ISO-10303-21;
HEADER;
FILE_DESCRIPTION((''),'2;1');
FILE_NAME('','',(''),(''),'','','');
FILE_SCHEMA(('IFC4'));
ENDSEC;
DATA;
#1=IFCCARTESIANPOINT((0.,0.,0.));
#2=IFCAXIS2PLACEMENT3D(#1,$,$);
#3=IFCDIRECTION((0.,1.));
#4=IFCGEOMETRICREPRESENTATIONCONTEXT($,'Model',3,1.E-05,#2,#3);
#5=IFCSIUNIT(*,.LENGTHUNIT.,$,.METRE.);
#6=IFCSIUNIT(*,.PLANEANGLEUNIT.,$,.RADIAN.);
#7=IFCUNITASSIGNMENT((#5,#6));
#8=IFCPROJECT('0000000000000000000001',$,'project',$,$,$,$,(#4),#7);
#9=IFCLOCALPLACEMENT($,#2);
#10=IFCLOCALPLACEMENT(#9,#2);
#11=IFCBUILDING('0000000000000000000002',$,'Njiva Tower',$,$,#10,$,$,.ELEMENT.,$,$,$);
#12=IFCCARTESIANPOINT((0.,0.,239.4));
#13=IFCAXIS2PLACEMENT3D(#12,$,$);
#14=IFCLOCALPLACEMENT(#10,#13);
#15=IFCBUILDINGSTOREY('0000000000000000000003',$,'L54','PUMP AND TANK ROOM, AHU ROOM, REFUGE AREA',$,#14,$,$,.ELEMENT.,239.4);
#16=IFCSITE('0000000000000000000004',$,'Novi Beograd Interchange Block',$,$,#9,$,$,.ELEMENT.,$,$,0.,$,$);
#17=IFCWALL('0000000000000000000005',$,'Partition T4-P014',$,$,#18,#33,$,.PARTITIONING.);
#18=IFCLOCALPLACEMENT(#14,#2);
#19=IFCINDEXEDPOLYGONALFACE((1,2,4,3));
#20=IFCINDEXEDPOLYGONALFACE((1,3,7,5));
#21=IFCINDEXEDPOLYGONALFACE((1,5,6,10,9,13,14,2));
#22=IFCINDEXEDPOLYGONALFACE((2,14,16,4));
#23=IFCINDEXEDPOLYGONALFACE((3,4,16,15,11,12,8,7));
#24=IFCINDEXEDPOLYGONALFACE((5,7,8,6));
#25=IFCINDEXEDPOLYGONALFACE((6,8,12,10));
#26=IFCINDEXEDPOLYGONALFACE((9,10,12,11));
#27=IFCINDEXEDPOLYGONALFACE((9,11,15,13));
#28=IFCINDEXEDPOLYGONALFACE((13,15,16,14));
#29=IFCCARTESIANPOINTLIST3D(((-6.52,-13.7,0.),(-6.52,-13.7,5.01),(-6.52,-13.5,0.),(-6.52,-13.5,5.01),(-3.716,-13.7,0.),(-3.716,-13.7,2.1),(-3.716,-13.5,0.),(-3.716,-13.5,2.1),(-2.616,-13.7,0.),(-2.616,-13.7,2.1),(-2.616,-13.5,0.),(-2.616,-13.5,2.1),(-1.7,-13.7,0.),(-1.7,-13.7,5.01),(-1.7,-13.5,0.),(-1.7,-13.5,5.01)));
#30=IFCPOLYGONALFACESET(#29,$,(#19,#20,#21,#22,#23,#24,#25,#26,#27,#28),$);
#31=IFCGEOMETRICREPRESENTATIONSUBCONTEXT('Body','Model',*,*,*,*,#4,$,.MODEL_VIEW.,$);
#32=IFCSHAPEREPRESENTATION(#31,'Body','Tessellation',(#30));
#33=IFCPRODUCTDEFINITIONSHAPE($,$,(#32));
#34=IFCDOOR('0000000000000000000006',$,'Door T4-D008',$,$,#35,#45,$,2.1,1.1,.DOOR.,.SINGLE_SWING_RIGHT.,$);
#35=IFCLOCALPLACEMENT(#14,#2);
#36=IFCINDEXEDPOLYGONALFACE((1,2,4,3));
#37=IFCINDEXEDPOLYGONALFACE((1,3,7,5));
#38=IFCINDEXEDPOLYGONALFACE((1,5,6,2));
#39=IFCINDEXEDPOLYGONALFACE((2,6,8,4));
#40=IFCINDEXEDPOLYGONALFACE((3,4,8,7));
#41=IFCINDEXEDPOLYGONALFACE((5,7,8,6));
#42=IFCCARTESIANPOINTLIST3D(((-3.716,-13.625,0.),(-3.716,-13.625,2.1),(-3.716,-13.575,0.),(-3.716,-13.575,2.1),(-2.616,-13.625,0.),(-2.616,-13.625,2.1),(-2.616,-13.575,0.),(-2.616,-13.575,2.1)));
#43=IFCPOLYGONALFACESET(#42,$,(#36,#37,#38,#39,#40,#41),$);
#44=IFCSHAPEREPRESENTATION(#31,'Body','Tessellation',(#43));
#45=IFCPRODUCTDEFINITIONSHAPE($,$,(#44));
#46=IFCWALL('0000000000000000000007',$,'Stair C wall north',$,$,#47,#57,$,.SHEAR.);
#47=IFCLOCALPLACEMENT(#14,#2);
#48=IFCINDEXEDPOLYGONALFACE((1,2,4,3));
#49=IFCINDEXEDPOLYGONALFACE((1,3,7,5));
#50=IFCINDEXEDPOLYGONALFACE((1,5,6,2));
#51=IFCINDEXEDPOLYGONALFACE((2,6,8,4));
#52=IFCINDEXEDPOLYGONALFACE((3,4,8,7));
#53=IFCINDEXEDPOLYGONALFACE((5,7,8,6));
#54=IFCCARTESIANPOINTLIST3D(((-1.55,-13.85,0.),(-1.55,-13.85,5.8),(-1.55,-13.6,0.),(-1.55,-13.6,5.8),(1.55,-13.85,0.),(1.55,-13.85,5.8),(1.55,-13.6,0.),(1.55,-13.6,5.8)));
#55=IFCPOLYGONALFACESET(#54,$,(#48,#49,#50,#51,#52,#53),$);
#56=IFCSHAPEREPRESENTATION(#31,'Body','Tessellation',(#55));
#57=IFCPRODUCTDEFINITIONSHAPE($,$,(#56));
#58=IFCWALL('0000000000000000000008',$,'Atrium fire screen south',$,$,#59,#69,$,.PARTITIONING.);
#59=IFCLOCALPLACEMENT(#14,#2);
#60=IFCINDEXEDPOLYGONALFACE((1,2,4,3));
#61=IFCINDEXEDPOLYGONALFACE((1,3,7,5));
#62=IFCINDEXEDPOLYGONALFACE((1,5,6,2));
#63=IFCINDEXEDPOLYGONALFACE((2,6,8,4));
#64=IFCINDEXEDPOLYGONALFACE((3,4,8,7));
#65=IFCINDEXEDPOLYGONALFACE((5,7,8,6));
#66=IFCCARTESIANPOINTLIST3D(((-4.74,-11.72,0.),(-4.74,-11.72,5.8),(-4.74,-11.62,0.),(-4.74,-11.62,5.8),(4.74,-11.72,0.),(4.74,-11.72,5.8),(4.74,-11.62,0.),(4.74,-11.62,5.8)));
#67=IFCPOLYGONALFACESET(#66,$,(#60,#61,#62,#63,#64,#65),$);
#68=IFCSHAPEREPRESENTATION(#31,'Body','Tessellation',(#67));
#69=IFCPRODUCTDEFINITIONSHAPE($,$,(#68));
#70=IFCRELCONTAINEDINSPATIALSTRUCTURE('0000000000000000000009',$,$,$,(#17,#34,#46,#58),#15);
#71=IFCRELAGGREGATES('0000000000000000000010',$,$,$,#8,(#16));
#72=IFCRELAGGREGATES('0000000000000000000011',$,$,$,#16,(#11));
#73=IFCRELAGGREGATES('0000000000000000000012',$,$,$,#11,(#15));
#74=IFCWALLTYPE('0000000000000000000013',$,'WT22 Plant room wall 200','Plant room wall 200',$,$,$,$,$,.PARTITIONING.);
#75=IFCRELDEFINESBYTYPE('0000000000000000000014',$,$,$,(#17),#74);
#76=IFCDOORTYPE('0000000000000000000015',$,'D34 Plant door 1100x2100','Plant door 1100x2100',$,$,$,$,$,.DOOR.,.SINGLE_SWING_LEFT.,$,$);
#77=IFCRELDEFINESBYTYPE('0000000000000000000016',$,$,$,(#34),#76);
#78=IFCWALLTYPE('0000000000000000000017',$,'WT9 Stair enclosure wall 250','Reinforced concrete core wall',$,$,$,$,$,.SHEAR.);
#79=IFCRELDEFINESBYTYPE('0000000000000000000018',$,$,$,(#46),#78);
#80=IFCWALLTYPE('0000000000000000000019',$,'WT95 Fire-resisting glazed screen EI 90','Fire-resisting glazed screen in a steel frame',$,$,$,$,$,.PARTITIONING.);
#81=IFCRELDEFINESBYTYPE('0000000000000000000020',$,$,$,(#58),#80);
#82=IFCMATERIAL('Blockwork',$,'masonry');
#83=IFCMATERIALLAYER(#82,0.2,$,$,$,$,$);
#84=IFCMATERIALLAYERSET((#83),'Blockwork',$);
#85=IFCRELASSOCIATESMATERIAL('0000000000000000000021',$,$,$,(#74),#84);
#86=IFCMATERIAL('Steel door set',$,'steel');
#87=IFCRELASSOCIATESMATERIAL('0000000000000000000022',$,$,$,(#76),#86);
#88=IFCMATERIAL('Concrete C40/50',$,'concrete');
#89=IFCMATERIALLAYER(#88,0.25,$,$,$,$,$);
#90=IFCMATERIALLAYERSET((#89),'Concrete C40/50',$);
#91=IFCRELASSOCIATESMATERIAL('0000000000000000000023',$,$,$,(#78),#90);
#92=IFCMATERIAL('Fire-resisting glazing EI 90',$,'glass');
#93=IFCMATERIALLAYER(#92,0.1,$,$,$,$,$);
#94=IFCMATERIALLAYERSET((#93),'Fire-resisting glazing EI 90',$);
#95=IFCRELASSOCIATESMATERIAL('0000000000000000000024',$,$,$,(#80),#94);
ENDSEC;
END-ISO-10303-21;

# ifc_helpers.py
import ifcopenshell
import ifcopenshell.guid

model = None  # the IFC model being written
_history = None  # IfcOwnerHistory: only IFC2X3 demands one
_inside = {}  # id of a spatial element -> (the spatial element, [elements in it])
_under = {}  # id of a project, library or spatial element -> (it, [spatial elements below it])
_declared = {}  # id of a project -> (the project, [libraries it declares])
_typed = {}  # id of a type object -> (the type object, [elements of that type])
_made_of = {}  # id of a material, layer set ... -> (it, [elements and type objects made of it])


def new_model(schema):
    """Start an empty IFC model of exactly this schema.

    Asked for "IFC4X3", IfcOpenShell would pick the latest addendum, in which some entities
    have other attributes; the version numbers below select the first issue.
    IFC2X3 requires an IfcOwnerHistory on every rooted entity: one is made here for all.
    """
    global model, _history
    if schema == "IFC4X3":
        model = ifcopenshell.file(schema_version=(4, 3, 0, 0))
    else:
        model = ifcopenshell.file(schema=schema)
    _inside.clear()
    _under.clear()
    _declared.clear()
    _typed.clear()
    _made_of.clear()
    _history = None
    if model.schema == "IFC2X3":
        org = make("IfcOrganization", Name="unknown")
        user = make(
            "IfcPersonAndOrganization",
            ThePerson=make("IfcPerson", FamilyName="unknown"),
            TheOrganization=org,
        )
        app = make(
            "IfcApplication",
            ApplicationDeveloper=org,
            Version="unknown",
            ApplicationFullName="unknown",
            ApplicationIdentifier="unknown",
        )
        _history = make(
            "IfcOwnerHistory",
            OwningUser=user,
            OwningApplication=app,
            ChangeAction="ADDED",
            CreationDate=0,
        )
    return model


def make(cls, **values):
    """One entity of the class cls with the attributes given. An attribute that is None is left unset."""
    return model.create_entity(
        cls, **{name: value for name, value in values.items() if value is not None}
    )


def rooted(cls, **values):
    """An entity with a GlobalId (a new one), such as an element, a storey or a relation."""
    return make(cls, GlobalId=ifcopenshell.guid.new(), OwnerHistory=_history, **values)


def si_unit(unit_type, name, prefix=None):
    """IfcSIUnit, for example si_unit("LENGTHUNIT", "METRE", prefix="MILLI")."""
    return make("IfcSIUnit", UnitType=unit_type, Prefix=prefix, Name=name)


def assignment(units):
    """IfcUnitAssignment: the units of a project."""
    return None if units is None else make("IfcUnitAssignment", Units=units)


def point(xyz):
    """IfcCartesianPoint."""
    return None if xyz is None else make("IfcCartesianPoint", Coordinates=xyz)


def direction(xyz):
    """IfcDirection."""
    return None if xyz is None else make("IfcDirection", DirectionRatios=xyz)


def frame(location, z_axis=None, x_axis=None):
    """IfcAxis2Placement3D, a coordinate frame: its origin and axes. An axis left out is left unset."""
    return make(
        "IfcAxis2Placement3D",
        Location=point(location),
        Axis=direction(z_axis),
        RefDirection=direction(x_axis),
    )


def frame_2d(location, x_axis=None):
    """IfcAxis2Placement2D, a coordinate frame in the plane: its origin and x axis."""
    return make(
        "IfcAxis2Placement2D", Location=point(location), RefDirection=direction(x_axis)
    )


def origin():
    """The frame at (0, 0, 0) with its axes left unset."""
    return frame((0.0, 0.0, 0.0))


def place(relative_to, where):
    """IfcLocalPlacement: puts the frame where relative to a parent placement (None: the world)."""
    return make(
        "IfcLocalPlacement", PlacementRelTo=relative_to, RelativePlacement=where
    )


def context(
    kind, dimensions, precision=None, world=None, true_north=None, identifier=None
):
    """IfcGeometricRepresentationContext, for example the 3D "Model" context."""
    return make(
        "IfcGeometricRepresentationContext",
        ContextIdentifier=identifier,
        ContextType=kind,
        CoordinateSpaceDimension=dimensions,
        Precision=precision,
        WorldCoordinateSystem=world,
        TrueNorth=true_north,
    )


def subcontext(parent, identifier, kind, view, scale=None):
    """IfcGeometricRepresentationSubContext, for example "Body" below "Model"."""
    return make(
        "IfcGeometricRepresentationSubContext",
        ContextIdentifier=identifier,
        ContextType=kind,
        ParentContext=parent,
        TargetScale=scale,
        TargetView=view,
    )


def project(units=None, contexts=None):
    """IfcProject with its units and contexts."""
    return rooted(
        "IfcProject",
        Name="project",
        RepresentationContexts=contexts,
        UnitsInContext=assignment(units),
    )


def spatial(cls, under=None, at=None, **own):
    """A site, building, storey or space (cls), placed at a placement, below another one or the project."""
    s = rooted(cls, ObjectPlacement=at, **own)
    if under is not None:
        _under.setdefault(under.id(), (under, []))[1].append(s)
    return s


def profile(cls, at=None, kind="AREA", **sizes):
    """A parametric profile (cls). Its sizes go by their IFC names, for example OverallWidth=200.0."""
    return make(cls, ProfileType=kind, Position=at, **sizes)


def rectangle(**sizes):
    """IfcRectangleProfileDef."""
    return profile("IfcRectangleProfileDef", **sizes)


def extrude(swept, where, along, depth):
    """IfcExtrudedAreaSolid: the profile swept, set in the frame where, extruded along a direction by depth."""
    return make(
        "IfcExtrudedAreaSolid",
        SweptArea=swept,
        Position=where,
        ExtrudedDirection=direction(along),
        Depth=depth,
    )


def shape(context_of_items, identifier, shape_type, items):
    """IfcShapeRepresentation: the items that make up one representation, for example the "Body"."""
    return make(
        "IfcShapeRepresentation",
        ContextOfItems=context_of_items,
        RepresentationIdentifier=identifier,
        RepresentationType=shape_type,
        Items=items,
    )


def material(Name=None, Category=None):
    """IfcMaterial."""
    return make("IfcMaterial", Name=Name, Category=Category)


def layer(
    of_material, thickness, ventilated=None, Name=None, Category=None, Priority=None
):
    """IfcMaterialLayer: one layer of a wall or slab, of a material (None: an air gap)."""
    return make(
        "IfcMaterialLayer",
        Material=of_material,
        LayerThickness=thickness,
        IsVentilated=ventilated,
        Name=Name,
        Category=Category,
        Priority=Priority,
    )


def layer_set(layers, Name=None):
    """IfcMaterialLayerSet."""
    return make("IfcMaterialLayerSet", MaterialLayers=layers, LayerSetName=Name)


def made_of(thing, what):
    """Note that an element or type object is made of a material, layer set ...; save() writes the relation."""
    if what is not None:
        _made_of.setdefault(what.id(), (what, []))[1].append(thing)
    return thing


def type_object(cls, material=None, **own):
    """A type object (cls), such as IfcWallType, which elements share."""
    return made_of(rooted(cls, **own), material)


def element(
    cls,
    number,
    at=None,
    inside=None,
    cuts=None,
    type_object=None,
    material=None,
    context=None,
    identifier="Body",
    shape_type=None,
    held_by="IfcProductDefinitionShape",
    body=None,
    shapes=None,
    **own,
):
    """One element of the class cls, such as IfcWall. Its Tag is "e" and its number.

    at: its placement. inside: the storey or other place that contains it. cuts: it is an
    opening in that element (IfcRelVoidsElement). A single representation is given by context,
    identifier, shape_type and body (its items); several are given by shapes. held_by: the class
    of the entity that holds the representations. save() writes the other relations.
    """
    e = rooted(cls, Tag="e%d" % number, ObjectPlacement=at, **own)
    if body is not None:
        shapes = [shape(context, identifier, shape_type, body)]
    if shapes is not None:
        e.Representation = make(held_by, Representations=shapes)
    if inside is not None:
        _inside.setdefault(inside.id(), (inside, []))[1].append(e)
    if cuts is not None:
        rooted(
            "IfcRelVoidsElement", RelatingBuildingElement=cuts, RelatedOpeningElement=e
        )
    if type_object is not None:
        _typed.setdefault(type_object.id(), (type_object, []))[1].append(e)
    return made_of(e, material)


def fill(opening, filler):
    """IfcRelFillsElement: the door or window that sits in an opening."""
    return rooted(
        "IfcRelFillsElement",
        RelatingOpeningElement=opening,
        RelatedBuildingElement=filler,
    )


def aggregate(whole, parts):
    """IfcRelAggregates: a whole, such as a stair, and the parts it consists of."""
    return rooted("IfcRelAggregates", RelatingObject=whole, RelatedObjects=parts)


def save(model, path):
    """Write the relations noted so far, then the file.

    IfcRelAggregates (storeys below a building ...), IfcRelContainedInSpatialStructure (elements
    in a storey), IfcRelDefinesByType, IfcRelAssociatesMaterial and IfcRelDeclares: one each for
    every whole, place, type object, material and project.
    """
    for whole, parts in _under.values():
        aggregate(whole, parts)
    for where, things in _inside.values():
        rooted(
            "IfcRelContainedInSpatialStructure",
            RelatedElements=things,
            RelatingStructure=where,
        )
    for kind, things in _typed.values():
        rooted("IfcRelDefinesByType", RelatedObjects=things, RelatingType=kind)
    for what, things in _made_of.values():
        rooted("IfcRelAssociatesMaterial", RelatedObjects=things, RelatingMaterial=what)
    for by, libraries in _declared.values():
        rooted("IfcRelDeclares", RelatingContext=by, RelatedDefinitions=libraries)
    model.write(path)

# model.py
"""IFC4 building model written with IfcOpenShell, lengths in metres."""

from ifc_helpers import new_model, si_unit, direction, frame, frame_2d, origin, place, context, subcontext, project, spatial, rectangle, extrude, material, layer, layer_set, type_object, element, fill, save


model = new_model("IFC4")

# Units and contexts
model_context = context("Model", 3, precision=1e-05, world=origin(), true_north=direction((0.0, 1.0)))
body_context = subcontext(model_context, "Body", "Model", "MODEL_VIEW")
ifc_project = project(units=[si_unit("LENGTHUNIT", "METRE"), si_unit("PLANEANGLEUNIT", "RADIAN")], contexts=[model_context])

# Site, building, storey
site_placement = place(None, origin())
site = spatial("IfcSite", under=ifc_project, at=site_placement, Name="Novi Beograd Interchange Block", CompositionType="ELEMENT", RefElevation=0.0)
building_placement = place(site_placement, origin())
building = spatial("IfcBuilding", under=site, at=building_placement, Name="Njiva Tower", CompositionType="ELEMENT")
storey_placement = place(building_placement, frame((0.0, 0.0, 239.4)))
storey = spatial("IfcBuildingStorey", under=building, at=storey_placement, Name="L54", Description="PUMP AND TANK ROOM, AHU ROOM, REFUGE AREA", CompositionType="ELEMENT", Elevation=239.4)

# Shared definitions
ifc_material_1 = material(Name="Blockwork", Category="masonry")
ifc_layer_1 = layer(ifc_material_1, 0.2)
ifc_layer_set_1 = layer_set([ifc_layer_1], Name="Blockwork")
wall_type_1 = type_object("IfcWallType", Name="WT22 Plant room wall 200", Description="Plant room wall 200", PredefinedType="PARTITIONING", material=ifc_layer_set_1)

# Shared definitions
ifc_material_2 = material(Name="Steel door set", Category="steel")
door_type = type_object("IfcDoorType", Name="D34 Plant door 1100x2100", Description="Plant door 1100x2100", OperationType="SINGLE_SWING_LEFT", PredefinedType="DOOR", material=ifc_material_2)

# Wall, opening, door
wall_1_placement = place(storey_placement, frame((-6.52, -13.6, 0.0), z_axis=(0.0, 0.0, 1.0), x_axis=(1.0, 0.0, 0.0)))
wall_1 = element("IfcWall", 1, at=wall_1_placement, inside=storey, type_object=wall_type_1, Name="Partition T4-P014", PredefinedType="PARTITIONING", context=body_context, shape_type="SweptSolid", body=[
    extrude(rectangle(XDim=4.82, YDim=0.2, at=frame_2d((2.41, 0.0))), origin(), (0.0, 0.0, 1.0), 5.01),
])
opening_1_placement = place(wall_1_placement, frame((2.804, 0.0, 0.0)))
opening_1 = element("IfcOpeningElement", 2, at=opening_1_placement, cuts=wall_1, PredefinedType="OPENING", context=body_context, shape_type="SweptSolid", body=[
    extrude(rectangle(XDim=1.1, YDim=2.1, at=frame_2d((0.55, 1.05))), frame((0.0, 0.11, 0.0), z_axis=(0.0, -1.0, 0.0), x_axis=(1.0, 0.0, 0.0)), (0.0, 0.0, 1.0), 0.22),
])
door_1_placement = place(opening_1_placement, origin())
door_1 = element("IfcDoor", 3, at=door_1_placement, inside=storey, type_object=door_type, Name="Door T4-D008", OperationType="SINGLE_SWING_RIGHT", OverallHeight=2.1, OverallWidth=1.1, PredefinedType="DOOR", context=body_context, shape_type="SweptSolid", body=[
    extrude(rectangle(XDim=1.1, YDim=2.1, at=frame_2d((0.55, 1.05))), frame((0.0, 0.025, 0.0), z_axis=(0.0, -1.0, 0.0), x_axis=(1.0, 0.0, 0.0)), (0.0, 0.0, 1.0), 0.05),
])
fill(opening_1, door_1)

# Walls
ifc_material_3 = material(Name="Concrete C40/50", Category="concrete")
ifc_layer_2 = layer(ifc_material_3, 0.25)
ifc_layer_set_2 = layer_set([ifc_layer_2], Name="Concrete C40/50")
wall_type_2 = type_object("IfcWallType", Name="WT9 Stair enclosure wall 250", Description="Reinforced concrete core wall", PredefinedType="SHEAR", material=ifc_layer_set_2)
wall_2_placement = place(storey_placement, frame((-1.55, -13.725, 0.0), z_axis=(0.0, 0.0, 1.0), x_axis=(1.0, 0.0, 0.0)))
element("IfcWall", 4, at=wall_2_placement, inside=storey, type_object=wall_type_2, Name="Stair C wall north", PredefinedType="SHEAR", context=body_context, shape_type="SweptSolid", body=[
    extrude(rectangle(XDim=3.1, YDim=0.25, at=frame_2d((1.55, 0.0))), origin(), (0.0, 0.0, 1.0), 5.8),
])
ifc_material_4 = material(Name="Fire-resisting glazing EI 90", Category="glass")
ifc_layer_3 = layer(ifc_material_4, 0.1)
ifc_layer_set_3 = layer_set([ifc_layer_3], Name="Fire-resisting glazing EI 90")
wall_type_3 = type_object("IfcWallType", Name="WT95 Fire-resisting glazed screen EI 90", Description="Fire-resisting glazed screen in a steel frame", PredefinedType="PARTITIONING", material=ifc_layer_set_3)
wall_3_placement = place(storey_placement, frame((-4.74, -11.67, 0.0), z_axis=(0.0, 0.0, 1.0), x_axis=(1.0, 0.0, 0.0)))
element("IfcWall", 5, at=wall_3_placement, inside=storey, type_object=wall_type_3, Name="Atrium fire screen south", PredefinedType="PARTITIONING", context=body_context, shape_type="SweptSolid", body=[
    extrude(rectangle(XDim=9.48, YDim=0.1, at=frame_2d((4.74, 0.0))), origin(), (0.0, 0.0, 1.0), 5.8),
])

save(model, "model.ifc")
